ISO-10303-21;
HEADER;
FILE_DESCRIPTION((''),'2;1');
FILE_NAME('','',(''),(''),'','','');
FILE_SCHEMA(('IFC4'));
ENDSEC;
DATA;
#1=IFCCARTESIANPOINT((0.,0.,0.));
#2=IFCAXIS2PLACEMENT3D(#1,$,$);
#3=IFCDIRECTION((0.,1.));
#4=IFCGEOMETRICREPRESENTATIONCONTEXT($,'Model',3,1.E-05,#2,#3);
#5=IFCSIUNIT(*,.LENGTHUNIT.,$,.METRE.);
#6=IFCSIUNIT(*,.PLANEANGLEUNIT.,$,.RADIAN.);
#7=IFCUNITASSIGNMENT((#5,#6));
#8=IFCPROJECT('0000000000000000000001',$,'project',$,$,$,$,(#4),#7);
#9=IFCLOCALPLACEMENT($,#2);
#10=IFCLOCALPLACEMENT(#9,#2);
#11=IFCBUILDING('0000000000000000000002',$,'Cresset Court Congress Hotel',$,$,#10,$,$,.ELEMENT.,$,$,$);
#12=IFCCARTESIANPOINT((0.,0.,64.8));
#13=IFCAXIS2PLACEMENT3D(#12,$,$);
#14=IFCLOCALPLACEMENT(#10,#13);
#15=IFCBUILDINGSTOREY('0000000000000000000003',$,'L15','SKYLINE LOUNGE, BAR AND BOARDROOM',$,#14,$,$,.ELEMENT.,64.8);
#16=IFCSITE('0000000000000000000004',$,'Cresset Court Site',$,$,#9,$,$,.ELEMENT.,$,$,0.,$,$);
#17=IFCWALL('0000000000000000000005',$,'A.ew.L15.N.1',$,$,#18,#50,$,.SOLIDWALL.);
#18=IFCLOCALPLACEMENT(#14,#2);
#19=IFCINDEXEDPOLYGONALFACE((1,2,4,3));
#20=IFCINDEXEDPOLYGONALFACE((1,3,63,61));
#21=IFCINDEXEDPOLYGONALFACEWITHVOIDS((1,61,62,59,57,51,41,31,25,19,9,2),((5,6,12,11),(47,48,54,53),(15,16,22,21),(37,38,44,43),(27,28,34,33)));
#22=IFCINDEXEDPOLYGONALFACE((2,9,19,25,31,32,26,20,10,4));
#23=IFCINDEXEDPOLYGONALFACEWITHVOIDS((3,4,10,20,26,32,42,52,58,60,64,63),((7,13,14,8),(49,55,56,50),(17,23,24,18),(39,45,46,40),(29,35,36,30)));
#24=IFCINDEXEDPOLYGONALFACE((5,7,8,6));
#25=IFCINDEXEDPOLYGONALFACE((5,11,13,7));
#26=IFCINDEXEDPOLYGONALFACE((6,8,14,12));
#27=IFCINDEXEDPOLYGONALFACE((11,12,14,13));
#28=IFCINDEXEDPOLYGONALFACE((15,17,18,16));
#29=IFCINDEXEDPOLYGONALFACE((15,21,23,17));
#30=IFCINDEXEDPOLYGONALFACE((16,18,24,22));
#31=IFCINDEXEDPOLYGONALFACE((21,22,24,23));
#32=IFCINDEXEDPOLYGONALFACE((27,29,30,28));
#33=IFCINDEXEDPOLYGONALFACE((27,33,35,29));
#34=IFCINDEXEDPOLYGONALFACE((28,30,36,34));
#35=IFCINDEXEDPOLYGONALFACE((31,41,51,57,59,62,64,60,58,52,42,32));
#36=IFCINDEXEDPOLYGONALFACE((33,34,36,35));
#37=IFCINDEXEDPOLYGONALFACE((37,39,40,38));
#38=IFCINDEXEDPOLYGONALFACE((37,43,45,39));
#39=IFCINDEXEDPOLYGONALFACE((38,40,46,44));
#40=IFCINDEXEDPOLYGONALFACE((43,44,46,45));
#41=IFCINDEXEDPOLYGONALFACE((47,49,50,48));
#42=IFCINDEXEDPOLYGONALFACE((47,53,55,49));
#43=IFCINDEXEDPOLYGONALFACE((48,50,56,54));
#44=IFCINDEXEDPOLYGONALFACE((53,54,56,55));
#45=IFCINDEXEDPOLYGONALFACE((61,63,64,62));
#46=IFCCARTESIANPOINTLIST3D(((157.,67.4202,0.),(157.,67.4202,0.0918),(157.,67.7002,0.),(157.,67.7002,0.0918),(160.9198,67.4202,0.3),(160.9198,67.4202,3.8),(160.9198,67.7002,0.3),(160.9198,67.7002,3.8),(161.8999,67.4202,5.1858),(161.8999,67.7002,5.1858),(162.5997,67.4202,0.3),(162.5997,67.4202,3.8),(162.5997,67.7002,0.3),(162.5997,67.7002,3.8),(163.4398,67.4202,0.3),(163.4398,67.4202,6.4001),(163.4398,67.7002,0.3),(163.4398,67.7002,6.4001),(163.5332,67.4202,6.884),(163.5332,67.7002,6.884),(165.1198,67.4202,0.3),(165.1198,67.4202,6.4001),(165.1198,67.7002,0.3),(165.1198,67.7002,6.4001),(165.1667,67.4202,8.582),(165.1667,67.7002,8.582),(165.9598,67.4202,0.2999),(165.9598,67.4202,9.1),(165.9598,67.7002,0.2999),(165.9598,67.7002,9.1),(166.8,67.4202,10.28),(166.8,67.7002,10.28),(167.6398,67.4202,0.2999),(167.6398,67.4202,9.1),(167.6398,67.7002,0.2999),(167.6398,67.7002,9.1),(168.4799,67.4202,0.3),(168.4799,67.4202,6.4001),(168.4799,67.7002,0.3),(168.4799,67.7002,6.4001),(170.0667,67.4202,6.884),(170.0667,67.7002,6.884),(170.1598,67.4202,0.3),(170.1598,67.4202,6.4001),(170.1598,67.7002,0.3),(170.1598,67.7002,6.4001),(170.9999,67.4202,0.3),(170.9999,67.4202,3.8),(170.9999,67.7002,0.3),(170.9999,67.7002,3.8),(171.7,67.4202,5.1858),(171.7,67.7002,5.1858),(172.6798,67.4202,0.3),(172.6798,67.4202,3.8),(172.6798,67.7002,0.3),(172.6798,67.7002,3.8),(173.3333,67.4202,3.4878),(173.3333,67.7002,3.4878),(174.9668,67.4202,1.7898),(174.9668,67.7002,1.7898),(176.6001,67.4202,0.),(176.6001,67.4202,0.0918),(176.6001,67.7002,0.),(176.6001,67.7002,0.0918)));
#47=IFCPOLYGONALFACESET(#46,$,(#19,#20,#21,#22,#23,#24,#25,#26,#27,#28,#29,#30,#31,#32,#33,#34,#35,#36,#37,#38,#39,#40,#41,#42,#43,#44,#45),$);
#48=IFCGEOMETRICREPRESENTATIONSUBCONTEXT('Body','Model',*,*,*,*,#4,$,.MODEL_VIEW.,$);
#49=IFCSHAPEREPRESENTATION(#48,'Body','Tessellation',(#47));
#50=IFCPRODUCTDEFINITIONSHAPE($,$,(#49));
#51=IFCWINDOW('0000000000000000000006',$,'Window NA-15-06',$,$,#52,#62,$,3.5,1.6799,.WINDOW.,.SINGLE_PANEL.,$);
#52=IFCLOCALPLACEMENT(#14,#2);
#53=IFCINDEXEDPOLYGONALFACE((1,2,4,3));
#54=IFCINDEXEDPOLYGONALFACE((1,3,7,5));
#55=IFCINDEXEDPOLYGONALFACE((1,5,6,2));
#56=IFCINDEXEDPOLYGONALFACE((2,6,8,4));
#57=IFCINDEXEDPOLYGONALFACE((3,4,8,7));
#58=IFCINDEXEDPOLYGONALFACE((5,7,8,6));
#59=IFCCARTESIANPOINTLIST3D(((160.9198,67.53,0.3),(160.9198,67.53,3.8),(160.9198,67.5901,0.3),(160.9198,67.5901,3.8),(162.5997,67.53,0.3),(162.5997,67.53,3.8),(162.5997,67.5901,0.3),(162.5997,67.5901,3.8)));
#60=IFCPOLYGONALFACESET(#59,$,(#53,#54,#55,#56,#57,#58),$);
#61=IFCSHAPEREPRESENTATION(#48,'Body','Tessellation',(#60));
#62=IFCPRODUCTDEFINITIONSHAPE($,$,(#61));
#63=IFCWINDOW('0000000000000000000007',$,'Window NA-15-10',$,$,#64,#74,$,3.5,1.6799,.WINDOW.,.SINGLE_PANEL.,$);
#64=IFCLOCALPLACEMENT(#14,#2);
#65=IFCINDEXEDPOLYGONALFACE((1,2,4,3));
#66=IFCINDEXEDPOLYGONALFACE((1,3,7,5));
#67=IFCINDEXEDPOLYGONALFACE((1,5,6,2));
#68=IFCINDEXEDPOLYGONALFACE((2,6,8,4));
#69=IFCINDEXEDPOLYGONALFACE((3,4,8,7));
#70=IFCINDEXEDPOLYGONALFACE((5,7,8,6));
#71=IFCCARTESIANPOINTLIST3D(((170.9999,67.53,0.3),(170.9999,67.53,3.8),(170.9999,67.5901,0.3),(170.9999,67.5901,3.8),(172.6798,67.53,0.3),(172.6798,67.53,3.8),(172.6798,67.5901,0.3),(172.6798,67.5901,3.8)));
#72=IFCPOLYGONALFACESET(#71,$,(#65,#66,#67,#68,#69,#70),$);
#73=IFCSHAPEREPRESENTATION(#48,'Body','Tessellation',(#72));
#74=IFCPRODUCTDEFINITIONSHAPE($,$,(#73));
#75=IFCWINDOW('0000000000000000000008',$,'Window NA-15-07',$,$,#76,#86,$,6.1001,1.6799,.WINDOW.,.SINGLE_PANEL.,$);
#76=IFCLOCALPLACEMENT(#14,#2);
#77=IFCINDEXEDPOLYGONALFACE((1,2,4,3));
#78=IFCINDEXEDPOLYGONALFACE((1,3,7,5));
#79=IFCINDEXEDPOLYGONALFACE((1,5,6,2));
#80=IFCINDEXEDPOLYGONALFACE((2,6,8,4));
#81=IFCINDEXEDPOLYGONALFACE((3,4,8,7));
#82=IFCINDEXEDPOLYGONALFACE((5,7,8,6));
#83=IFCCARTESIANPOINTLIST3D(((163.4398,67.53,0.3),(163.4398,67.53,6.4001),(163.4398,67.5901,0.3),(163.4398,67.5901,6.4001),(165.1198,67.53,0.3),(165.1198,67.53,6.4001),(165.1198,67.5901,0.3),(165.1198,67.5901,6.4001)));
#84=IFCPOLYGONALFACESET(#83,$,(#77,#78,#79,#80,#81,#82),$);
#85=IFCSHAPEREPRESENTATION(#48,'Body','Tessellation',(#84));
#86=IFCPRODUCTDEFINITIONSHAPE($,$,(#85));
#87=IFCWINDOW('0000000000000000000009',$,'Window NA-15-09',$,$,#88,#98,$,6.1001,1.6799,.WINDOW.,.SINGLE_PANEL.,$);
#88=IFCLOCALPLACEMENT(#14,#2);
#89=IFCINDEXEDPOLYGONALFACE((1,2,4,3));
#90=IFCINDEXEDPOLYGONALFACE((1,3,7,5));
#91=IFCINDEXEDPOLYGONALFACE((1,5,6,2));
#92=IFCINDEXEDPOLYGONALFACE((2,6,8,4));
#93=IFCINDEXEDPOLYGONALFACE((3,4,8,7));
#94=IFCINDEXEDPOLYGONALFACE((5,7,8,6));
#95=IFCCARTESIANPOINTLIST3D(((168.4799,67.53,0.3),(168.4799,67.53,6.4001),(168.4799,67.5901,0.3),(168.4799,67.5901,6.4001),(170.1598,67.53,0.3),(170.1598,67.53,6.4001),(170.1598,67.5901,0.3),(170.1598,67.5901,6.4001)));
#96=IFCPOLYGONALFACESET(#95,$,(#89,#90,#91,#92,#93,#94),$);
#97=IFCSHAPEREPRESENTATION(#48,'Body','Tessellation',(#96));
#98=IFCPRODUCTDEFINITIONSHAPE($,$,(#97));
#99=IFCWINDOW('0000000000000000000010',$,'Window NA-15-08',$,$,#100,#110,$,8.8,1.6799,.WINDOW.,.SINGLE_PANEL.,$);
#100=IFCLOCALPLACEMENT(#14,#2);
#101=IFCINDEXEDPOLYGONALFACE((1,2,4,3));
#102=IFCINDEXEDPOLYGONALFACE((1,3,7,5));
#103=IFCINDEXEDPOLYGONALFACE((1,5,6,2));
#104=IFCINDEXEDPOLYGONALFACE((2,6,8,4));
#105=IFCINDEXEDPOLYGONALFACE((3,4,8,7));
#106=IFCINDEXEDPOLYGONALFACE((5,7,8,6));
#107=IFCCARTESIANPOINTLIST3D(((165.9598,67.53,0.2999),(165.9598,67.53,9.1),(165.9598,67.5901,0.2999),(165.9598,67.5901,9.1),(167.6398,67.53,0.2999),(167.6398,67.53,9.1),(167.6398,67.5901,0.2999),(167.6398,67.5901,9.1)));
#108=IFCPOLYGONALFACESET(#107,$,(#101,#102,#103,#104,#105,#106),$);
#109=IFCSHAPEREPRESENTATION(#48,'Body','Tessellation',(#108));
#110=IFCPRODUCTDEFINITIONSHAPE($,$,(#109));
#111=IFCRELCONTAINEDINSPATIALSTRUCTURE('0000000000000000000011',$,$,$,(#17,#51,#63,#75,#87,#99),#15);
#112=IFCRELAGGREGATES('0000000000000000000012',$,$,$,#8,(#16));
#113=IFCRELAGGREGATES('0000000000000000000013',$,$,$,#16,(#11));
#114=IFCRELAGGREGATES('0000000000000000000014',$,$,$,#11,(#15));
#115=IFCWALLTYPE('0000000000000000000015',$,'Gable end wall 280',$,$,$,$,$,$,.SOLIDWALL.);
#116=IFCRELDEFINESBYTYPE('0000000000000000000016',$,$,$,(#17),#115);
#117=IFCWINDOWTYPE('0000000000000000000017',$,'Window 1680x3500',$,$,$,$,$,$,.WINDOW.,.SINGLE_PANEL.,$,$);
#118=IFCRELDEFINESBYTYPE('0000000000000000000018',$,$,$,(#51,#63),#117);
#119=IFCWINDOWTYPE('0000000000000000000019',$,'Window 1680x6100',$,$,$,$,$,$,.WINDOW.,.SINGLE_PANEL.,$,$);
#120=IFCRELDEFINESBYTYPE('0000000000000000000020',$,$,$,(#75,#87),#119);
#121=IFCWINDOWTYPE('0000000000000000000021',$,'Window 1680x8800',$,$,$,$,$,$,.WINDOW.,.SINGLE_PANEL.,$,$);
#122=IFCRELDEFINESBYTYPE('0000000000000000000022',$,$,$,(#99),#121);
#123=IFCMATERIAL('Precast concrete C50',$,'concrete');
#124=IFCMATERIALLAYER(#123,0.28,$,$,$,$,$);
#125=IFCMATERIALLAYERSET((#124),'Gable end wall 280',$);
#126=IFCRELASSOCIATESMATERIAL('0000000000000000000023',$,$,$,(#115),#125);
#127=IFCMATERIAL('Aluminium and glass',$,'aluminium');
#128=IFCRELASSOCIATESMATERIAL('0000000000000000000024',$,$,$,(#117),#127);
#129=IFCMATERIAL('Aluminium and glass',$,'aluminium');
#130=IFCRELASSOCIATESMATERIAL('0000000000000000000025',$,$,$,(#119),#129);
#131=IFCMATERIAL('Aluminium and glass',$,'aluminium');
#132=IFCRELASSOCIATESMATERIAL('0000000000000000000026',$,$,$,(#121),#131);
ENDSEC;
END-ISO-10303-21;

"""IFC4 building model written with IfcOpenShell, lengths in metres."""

from ifc_helpers import new_model, si_unit, direction, frame, frame_2d, origin, place, context, subcontext, project, spatial, polyline, rectangle, outline, extrude, material, layer, layer_set, type_object, element, fill, save


model = new_model("IFC4")

# Units and contexts
model_context = context("Model", 3, precision=1e-05, world=origin(), true_north=direction((0.0, 1.0)))
body_context = subcontext(model_context, "Body", "Model", "MODEL_VIEW")
ifc_project = project(units=[si_unit("LENGTHUNIT", "METRE"), si_unit("PLANEANGLEUNIT", "RADIAN")], contexts=[model_context])

# Site, building, storey
site_placement = place(None, origin())
site = spatial("IfcSite", under=ifc_project, at=site_placement, Name="Cresset Court Site", CompositionType="ELEMENT", RefElevation=0.0)
building_placement = place(site_placement, origin())
building = spatial("IfcBuilding", under=site, at=building_placement, Name="Cresset Court Congress Hotel", CompositionType="ELEMENT")
storey_placement = place(building_placement, frame((0.0, 0.0, 64.8)))
storey = spatial("IfcBuildingStorey", under=building, at=storey_placement, Name="L15", Description="SKYLINE LOUNGE, BAR AND BOARDROOM", CompositionType="ELEMENT", Elevation=64.8)

# Wall, openings, windows
ifc_material_1 = material(Name="Precast concrete C50", Category="concrete")
ifc_layer = layer(ifc_material_1, 0.28)
ifc_layer_set = layer_set([ifc_layer], Name="Gable end wall 280")
wall_type = type_object("IfcWallType", Name="Gable end wall 280", PredefinedType="SOLIDWALL", material=ifc_layer_set)
ifc_material_2 = material(Name="Aluminium and glass", Category="aluminium")
window_type_1 = type_object("IfcWindowType", Name="Window 1680x3500", PartitioningType="SINGLE_PANEL", PredefinedType="WINDOW", material=ifc_material_2)
ifc_material_3 = material(Name="Aluminium and glass", Category="aluminium")
window_type_2 = type_object("IfcWindowType", Name="Window 1680x6100", PartitioningType="SINGLE_PANEL", PredefinedType="WINDOW", material=ifc_material_3)
ifc_material_4 = material(Name="Aluminium and glass", Category="aluminium")
window_type_3 = type_object("IfcWindowType", Name="Window 1680x8800", PartitioningType="SINGLE_PANEL", PredefinedType="WINDOW", material=ifc_material_4)
wall_1_placement = place(storey_placement, frame((157.0, 67.5601, 0.0), z_axis=(0.0, 0.0, 1.0), x_axis=(1.0, 0.0, 0.0)))
wall_1 = element("IfcWall", 1, at=wall_1_placement, inside=storey, type_object=wall_type, Name="A.ew.L15.N.1", PredefinedType="SOLIDWALL", context=body_context, shape_type="SweptSolid", body=[
    extrude(outline(polyline([(0.0, 0.0), (19.6001, 0.0), (19.6001, 0.0918), (17.9668, 1.7898), (16.3333, 3.4878), (14.7, 5.1858), (13.0667, 6.884), (11.4333, 8.582), (9.8, 10.28), (8.1667, 8.582), (6.5332, 6.884), (4.8999, 5.1858), (3.2666, 3.4878), (1.6333, 1.7898), (0.0, 0.0918), (0.0, 0.0)])), frame((0.0, 0.1401, 0.0), z_axis=(0.0, -1.0, 0.0), x_axis=(1.0, 0.0, 0.0)), (0.0, 0.0, 1.0), 0.28),
])
opening_1_placement = place(wall_1_placement, frame((3.9199, 0.0, 0.3)))
opening_1 = element("IfcOpeningElement", 2, at=opening_1_placement, cuts=wall_1, PredefinedType="OPENING", context=body_context, shape_type="SweptSolid", body=[
    extrude(rectangle(XDim=1.6799, YDim=3.5, at=frame_2d((0.8398, 1.75))), frame((0.0, 0.1499, 0.0), z_axis=(0.0, -1.0, 0.0), x_axis=(1.0, 0.0, 0.0)), (0.0, 0.0, 1.0), 0.3),
])
opening_2_placement = place(wall_1_placement, frame((6.4399, 0.0, 0.3)))
opening_2 = element("IfcOpeningElement", 3, at=opening_2_placement, cuts=wall_1, PredefinedType="OPENING", context=body_context, shape_type="SweptSolid", body=[
    extrude(rectangle(XDim=1.6799, YDim=6.1001, at=frame_2d((0.8398, 3.05))), frame((0.0, 0.1499, 0.0), z_axis=(0.0, -1.0, 0.0), x_axis=(1.0, 0.0, 0.0)), (0.0, 0.0, 1.0), 0.3),
])
opening_3_placement = place(wall_1_placement, frame((8.96, 0.0, 0.3)))
opening_3 = element("IfcOpeningElement", 4, at=opening_3_placement, cuts=wall_1, PredefinedType="OPENING", context=body_context, shape_type="SweptSolid", body=[
    extrude(rectangle(XDim=1.6799, YDim=8.8, at=frame_2d((0.8398, 4.3999))), frame((0.0, 0.1499, 0.0), z_axis=(0.0, -1.0, 0.0), x_axis=(1.0, 0.0, 0.0)), (0.0, 0.0, 1.0), 0.3),
])
opening_4_placement = place(wall_1_placement, frame((11.48, 0.0, 0.3)))
opening_4 = element("IfcOpeningElement", 5, at=opening_4_placement, cuts=wall_1, PredefinedType="OPENING", context=body_context, shape_type="SweptSolid", body=[
    extrude(rectangle(XDim=1.6799, YDim=6.1001, at=frame_2d((0.8398, 3.05))), frame((0.0, 0.1499, 0.0), z_axis=(0.0, -1.0, 0.0), x_axis=(1.0, 0.0, 0.0)), (0.0, 0.0, 1.0), 0.3),
])
opening_5_placement = place(wall_1_placement, frame((14.0, 0.0, 0.3)))
opening_5 = element("IfcOpeningElement", 6, at=opening_5_placement, cuts=wall_1, PredefinedType="OPENING", context=body_context, shape_type="SweptSolid", body=[
    extrude(rectangle(XDim=1.6799, YDim=3.5, at=frame_2d((0.8398, 1.75))), frame((0.0, 0.1499, 0.0), z_axis=(0.0, -1.0, 0.0), x_axis=(1.0, 0.0, 0.0)), (0.0, 0.0, 1.0), 0.3),
])
window_1_placement = place(opening_1_placement, origin())
window_1 = element("IfcWindow", 7, at=window_1_placement, inside=storey, type_object=window_type_1, Name="Window NA-15-06", OverallHeight=3.5, OverallWidth=1.6799, PartitioningType="SINGLE_PANEL", PredefinedType="WINDOW", context=body_context, shape_type="SweptSolid", body=[
    extrude(rectangle(XDim=1.6799, YDim=3.5, at=frame_2d((0.8398, 1.75))), frame((0.0, 0.03, 0.0), z_axis=(0.0, -1.0, 0.0), x_axis=(1.0, 0.0, 0.0)), (0.0, 0.0, 1.0), 0.0601),
])
fill(opening_1, window_1)
window_2_placement = place(opening_5_placement, origin())
window_2 = element("IfcWindow", 8, at=window_2_placement, inside=storey, type_object=window_type_1, Name="Window NA-15-10", OverallHeight=3.5, OverallWidth=1.6799, PartitioningType="SINGLE_PANEL", PredefinedType="WINDOW", context=body_context, shape_type="SweptSolid", body=[
    extrude(rectangle(XDim=1.6799, YDim=3.5, at=frame_2d((0.8398, 1.75))), frame((0.0, 0.03, 0.0), z_axis=(0.0, -1.0, 0.0), x_axis=(1.0, 0.0, 0.0)), (0.0, 0.0, 1.0), 0.0601),
])
fill(opening_5, window_2)
window_3_placement = place(opening_2_placement, origin())
window_3 = element("IfcWindow", 9, at=window_3_placement, inside=storey, type_object=window_type_2, Name="Window NA-15-07", OverallHeight=6.1001, OverallWidth=1.6799, PartitioningType="SINGLE_PANEL", PredefinedType="WINDOW", context=body_context, shape_type="SweptSolid", body=[
    extrude(rectangle(XDim=1.6799, YDim=6.1001, at=frame_2d((0.8398, 3.05))), frame((0.0, 0.03, 0.0), z_axis=(0.0, -1.0, 0.0), x_axis=(1.0, 0.0, 0.0)), (0.0, 0.0, 1.0), 0.0601),
])
fill(opening_2, window_3)
window_4_placement = place(opening_4_placement, origin())
window_4 = element("IfcWindow", 10, at=window_4_placement, inside=storey, type_object=window_type_2, Name="Window NA-15-09", OverallHeight=6.1001, OverallWidth=1.6799, PartitioningType="SINGLE_PANEL", PredefinedType="WINDOW", context=body_context, shape_type="SweptSolid", body=[
    extrude(rectangle(XDim=1.6799, YDim=6.1001, at=frame_2d((0.8398, 3.05))), frame((0.0, 0.03, 0.0), z_axis=(0.0, -1.0, 0.0), x_axis=(1.0, 0.0, 0.0)), (0.0, 0.0, 1.0), 0.0601),
])
fill(opening_4, window_4)
window_5_placement = place(opening_3_placement, origin())
window_5 = element("IfcWindow", 11, at=window_5_placement, inside=storey, type_object=window_type_3, Name="Window NA-15-08", OverallHeight=8.8, OverallWidth=1.6799, PartitioningType="SINGLE_PANEL", PredefinedType="WINDOW", context=body_context, shape_type="SweptSolid", body=[
    extrude(rectangle(XDim=1.6799, YDim=8.8, at=frame_2d((0.8398, 4.3999))), frame((0.0, 0.03, 0.0), z_axis=(0.0, -1.0, 0.0), x_axis=(1.0, 0.0, 0.0)), (0.0, 0.0, 1.0), 0.0601),
])
fill(opening_3, window_5)

save(model, "model.ifc")
